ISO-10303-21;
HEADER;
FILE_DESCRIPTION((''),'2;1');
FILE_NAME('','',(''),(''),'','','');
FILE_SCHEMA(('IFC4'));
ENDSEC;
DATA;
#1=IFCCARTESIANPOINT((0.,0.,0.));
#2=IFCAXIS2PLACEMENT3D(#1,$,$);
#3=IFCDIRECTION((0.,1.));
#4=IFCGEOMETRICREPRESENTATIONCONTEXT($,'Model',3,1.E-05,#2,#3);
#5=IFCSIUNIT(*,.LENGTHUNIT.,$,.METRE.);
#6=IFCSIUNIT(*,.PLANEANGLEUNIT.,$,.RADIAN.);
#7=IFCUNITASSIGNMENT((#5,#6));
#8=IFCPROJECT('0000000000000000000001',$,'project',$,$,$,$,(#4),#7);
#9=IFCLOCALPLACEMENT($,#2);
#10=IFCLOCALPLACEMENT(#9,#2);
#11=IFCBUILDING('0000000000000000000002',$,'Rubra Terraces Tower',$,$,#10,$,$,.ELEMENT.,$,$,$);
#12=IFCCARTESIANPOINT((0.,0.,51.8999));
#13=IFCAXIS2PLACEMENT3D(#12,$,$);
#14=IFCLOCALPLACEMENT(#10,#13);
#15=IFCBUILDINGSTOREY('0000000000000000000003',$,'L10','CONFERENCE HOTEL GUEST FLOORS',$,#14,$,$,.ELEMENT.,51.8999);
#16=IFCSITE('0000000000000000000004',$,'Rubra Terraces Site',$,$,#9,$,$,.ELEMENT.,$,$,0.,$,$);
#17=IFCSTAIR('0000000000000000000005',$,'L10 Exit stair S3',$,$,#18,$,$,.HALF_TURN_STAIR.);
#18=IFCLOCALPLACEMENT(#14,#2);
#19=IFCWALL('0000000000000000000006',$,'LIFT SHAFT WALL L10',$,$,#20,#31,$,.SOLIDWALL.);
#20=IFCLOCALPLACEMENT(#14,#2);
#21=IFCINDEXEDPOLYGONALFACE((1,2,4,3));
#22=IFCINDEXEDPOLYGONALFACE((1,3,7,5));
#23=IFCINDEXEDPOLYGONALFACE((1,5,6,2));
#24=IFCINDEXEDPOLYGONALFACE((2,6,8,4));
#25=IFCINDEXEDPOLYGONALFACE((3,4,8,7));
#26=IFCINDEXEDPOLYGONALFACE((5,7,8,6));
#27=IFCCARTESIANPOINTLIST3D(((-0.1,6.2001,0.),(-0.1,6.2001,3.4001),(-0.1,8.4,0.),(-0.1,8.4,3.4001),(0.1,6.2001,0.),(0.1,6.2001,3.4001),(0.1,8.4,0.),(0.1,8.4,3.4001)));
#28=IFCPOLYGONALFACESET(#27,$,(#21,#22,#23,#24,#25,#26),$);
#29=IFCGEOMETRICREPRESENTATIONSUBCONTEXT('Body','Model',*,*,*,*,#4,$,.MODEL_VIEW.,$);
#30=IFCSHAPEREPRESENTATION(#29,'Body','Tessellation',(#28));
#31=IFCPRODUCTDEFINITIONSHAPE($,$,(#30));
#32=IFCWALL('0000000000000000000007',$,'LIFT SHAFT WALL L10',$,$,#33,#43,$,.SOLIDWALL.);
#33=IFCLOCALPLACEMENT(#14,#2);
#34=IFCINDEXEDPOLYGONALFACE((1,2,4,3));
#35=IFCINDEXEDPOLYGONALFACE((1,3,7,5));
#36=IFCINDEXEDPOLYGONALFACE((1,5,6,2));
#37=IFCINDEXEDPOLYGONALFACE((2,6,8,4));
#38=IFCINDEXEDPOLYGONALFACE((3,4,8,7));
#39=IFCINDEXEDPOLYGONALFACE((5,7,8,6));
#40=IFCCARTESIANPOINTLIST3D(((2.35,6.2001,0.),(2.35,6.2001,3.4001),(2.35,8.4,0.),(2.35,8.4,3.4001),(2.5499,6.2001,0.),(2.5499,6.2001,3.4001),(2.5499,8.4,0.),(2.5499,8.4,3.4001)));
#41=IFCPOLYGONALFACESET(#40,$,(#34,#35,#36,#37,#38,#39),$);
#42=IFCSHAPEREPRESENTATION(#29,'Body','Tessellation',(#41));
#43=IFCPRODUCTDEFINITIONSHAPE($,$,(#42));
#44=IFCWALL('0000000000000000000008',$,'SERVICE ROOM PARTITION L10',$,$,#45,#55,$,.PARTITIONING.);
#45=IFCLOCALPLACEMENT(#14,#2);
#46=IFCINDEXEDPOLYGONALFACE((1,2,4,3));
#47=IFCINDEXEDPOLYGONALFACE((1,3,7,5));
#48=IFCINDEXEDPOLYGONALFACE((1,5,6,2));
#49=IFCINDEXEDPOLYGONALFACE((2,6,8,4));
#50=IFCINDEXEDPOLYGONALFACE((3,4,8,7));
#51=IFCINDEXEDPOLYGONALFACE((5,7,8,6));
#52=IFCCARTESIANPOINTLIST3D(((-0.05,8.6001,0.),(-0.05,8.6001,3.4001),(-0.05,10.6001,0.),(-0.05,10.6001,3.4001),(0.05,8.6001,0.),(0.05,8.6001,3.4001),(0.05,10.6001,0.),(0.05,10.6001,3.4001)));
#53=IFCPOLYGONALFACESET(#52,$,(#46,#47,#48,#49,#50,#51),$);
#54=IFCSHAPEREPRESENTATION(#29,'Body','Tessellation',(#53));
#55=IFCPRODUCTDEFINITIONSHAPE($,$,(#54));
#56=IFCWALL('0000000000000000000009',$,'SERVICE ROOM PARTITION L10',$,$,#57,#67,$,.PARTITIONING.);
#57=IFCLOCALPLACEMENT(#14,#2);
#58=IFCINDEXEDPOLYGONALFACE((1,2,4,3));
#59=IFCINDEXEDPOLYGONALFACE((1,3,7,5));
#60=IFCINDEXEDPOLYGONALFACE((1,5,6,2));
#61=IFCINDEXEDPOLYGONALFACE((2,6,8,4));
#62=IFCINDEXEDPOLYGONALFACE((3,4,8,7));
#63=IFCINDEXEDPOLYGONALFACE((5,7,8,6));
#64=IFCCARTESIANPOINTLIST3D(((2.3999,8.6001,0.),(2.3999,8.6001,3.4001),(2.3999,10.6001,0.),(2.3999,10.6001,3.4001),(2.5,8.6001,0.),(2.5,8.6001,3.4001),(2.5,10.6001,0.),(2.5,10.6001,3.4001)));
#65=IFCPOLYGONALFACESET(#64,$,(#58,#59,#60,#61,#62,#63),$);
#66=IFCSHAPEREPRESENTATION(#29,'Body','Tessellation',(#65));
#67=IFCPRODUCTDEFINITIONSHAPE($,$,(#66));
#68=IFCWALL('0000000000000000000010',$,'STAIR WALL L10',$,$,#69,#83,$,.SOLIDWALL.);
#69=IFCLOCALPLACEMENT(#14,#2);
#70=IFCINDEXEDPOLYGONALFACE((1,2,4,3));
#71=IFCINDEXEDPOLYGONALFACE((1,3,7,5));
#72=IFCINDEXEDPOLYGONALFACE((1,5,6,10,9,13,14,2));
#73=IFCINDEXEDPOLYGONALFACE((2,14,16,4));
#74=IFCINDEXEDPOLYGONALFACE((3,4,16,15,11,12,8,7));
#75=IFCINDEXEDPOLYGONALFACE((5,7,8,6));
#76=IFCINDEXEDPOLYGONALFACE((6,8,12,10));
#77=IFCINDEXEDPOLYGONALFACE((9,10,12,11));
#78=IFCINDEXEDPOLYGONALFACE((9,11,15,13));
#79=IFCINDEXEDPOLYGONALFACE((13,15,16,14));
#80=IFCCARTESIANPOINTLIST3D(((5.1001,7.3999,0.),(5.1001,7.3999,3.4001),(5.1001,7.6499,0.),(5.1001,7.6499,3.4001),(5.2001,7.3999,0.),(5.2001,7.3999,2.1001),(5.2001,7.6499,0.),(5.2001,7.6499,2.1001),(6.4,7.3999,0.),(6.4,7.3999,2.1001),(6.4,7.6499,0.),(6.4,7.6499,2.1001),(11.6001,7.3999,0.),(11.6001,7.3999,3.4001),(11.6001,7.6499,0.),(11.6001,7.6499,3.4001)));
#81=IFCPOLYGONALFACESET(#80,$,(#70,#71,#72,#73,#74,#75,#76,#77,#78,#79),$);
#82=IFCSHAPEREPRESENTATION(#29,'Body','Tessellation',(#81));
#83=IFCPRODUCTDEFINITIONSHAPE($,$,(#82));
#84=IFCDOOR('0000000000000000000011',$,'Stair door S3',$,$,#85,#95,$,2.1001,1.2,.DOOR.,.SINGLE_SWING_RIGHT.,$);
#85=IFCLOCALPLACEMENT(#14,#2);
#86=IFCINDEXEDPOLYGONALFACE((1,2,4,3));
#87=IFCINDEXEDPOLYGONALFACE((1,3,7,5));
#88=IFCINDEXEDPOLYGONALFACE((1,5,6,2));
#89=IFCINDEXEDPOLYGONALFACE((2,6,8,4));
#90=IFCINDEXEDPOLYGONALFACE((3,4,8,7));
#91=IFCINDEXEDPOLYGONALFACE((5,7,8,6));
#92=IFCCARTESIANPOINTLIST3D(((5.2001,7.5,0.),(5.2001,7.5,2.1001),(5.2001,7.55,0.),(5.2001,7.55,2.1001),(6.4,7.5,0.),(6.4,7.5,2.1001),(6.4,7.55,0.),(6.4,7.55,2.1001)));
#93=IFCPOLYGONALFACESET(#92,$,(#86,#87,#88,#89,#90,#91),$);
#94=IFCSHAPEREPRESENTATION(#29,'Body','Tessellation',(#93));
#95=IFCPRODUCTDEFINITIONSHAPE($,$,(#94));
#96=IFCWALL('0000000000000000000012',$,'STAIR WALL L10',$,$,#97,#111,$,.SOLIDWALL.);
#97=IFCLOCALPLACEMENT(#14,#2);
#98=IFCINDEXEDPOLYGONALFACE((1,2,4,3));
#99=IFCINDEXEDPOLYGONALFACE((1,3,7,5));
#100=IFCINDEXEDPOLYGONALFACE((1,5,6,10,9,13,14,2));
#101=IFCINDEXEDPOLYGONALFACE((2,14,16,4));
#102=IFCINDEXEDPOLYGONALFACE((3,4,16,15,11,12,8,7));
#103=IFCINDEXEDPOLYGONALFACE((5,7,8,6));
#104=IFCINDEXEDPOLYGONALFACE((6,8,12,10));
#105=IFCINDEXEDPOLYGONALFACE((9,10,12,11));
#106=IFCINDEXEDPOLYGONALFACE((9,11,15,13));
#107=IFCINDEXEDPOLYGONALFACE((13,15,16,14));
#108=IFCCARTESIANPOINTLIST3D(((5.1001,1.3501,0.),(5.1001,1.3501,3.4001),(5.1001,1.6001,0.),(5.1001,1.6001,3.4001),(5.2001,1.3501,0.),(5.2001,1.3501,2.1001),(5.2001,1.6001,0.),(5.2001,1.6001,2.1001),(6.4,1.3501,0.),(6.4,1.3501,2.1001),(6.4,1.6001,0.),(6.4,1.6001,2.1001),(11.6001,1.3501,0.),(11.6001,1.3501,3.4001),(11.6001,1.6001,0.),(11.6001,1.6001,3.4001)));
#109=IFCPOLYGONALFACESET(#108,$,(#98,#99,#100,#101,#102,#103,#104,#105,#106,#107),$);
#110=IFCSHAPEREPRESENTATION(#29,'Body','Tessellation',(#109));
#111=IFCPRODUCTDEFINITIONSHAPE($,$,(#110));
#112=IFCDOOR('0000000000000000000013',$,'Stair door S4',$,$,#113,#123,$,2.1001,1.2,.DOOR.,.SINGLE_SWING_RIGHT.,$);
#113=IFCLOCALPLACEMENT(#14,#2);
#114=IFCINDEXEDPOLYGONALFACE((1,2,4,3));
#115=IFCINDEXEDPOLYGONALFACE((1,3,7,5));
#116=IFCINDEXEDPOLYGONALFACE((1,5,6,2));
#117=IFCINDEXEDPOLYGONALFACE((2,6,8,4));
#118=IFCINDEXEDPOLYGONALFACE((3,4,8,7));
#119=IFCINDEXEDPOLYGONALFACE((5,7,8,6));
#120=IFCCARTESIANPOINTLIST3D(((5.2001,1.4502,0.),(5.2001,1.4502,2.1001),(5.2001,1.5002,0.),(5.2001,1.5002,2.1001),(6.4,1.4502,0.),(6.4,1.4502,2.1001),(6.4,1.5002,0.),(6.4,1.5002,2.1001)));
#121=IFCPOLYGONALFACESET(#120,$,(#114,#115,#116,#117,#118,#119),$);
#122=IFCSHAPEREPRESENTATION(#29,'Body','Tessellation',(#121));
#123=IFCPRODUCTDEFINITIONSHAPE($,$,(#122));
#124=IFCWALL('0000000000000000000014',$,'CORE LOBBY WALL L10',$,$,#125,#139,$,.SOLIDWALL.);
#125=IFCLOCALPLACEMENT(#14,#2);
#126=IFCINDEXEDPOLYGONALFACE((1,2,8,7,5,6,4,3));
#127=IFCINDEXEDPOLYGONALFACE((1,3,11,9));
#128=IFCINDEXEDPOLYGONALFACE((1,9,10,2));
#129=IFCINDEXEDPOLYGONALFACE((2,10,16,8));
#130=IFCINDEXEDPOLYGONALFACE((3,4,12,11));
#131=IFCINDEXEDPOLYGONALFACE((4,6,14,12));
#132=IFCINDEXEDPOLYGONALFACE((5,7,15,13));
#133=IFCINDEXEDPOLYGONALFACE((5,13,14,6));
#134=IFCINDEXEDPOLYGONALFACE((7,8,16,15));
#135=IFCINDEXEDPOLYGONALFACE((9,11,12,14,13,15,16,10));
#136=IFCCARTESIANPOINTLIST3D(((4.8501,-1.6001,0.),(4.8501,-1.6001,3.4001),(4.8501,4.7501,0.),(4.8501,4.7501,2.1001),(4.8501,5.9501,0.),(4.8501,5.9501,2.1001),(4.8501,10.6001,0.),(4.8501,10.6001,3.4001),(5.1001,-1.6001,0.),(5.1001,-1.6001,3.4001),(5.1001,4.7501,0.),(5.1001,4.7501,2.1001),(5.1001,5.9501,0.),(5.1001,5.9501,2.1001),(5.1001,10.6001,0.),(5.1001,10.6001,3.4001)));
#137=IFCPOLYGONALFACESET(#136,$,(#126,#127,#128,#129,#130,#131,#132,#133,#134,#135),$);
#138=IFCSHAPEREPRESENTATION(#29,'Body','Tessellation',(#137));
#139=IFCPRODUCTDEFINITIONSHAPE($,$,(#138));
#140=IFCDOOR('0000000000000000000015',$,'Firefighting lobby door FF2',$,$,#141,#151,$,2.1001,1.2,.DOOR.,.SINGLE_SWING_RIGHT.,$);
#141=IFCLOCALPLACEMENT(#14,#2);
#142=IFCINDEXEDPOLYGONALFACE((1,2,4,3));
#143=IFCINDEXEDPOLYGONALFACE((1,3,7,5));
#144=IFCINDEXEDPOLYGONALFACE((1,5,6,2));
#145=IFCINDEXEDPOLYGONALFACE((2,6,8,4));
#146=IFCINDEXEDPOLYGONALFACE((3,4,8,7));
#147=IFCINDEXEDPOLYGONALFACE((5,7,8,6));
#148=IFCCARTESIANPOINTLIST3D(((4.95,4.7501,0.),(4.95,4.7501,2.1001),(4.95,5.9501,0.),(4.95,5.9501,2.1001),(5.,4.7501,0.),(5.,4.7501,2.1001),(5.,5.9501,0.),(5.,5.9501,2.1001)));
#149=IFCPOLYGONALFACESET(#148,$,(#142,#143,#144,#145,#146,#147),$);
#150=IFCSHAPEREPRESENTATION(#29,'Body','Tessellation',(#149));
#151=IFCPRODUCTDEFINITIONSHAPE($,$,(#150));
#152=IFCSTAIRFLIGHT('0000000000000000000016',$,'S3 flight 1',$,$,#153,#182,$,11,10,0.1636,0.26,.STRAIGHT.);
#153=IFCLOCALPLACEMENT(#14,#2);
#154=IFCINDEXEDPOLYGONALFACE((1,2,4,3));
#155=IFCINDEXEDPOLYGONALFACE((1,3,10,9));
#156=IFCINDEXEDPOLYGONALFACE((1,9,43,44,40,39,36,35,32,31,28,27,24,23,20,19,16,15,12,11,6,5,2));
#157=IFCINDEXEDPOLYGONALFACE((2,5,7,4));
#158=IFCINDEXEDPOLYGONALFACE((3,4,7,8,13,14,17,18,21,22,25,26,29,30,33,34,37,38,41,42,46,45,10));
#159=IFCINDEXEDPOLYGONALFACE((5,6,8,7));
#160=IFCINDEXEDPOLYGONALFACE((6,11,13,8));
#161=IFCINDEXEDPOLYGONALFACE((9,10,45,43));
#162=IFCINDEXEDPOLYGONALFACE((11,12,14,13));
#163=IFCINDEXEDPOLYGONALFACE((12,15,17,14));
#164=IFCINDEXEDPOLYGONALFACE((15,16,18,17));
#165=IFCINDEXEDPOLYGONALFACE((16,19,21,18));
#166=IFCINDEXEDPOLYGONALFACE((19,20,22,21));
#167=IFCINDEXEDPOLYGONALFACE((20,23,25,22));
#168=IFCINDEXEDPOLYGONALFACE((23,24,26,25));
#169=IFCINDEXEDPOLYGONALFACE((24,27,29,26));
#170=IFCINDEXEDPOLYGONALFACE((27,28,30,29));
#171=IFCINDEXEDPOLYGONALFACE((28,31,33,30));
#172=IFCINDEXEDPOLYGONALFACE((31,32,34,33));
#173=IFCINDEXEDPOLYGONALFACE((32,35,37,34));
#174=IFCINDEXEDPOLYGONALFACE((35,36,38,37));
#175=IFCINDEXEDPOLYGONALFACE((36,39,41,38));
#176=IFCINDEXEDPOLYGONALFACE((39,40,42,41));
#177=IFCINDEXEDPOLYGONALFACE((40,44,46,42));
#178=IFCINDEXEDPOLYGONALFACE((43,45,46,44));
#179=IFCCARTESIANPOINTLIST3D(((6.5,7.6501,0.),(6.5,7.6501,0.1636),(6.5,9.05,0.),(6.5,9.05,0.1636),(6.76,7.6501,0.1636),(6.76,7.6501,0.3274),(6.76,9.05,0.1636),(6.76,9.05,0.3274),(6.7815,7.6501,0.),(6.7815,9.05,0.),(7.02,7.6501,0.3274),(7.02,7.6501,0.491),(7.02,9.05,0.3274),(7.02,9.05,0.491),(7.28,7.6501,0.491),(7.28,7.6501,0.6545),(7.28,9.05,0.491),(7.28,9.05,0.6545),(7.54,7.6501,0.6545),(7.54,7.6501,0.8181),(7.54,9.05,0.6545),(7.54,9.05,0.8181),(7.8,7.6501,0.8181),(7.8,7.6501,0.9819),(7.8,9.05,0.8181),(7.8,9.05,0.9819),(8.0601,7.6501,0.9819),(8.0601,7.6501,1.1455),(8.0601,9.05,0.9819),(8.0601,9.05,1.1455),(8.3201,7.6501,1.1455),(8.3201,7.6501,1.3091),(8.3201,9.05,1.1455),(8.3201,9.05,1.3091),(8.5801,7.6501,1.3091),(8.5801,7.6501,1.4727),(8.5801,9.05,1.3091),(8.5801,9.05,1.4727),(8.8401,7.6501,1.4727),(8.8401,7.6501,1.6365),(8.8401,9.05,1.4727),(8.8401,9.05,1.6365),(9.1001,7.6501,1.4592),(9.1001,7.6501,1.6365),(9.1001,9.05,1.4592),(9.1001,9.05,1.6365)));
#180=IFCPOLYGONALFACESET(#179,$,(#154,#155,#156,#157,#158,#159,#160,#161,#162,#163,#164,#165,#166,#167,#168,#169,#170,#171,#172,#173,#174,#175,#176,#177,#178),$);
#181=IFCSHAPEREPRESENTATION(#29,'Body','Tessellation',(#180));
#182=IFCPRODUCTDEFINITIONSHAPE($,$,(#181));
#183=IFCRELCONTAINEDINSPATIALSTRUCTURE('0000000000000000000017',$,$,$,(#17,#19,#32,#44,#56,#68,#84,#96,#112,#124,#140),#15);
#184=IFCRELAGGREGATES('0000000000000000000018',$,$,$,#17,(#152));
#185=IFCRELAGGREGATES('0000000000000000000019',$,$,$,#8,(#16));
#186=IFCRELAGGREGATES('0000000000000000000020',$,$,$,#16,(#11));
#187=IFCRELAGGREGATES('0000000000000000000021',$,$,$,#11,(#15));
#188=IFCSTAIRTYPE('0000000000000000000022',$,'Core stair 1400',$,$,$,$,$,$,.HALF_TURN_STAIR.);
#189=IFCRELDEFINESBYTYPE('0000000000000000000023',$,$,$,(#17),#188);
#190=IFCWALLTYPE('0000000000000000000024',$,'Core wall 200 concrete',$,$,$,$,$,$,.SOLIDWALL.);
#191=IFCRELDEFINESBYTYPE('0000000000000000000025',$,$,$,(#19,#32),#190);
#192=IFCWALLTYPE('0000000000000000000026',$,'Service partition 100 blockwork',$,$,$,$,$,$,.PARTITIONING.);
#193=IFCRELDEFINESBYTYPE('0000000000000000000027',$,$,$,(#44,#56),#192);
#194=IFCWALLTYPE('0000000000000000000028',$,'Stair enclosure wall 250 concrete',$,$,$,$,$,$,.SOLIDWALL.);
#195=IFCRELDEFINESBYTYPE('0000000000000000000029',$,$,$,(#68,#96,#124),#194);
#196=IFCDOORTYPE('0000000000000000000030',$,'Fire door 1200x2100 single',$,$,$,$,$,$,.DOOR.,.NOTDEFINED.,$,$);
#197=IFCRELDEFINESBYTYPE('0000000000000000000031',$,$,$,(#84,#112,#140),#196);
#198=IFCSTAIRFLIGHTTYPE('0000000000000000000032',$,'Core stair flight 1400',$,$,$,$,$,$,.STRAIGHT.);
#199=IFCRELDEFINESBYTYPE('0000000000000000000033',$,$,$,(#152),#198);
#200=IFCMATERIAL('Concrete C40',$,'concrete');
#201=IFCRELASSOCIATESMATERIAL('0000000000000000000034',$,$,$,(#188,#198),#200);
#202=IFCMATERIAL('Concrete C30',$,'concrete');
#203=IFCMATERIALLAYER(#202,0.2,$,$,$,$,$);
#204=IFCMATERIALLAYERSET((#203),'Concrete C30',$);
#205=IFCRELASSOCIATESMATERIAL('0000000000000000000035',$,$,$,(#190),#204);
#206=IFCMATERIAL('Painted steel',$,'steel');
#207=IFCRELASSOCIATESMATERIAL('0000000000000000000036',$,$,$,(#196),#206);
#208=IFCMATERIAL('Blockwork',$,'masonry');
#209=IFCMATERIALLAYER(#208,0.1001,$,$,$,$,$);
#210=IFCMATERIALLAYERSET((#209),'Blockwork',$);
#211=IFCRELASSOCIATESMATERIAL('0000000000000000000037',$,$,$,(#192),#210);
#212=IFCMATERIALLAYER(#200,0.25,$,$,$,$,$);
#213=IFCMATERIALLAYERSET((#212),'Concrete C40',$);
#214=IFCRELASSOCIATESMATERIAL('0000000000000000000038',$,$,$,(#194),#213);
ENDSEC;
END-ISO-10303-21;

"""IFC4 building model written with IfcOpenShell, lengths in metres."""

from ifc_helpers import new_model, si_unit, direction, frame, frame_2d, origin, place, context, subcontext, project, spatial, polyline, rectangle, outline, extrude, material, layer, layer_set, type_object, element, fill, aggregate, save


model = new_model("IFC4")

# Units and contexts
model_context = context("Model", 3, precision=1e-05, world=origin(), true_north=direction((0.0, 1.0)))
body_context = subcontext(model_context, "Body", "Model", "MODEL_VIEW")
ifc_project = project(units=[si_unit("LENGTHUNIT", "METRE"), si_unit("PLANEANGLEUNIT", "RADIAN")], contexts=[model_context])

# Site, building, storey
site_placement = place(None, origin())
site = spatial("IfcSite", under=ifc_project, at=site_placement, Name="Rubra Terraces Site", CompositionType="ELEMENT", RefElevation=0.0)
building_placement = place(site_placement, origin())
building = spatial("IfcBuilding", under=site, at=building_placement, Name="Rubra Terraces Tower", CompositionType="ELEMENT")
storey_placement = place(building_placement, frame((0.0, 0.0, 51.8999)))
storey = spatial("IfcBuildingStorey", under=building, at=storey_placement, Name="L10", Description="CONFERENCE HOTEL GUEST FLOORS", CompositionType="ELEMENT", Elevation=51.8999)

# Stair
ifc_material_1 = material(Name="Concrete C40", Category="concrete")
stair_type = type_object("IfcStairType", Name="Core stair 1400", PredefinedType="HALF_TURN_STAIR", material=ifc_material_1)
stair_1_placement = place(storey_placement, origin())
stair_1 = element("IfcStair", 1, at=stair_1_placement, inside=storey, type_object=stair_type, Name="L10 Exit stair S3", PredefinedType="HALF_TURN_STAIR")

# Shared definitions
ifc_material_2 = material(Name="Concrete C30", Category="concrete")
ifc_layer_1 = layer(ifc_material_2, 0.2)
ifc_layer_set_1 = layer_set([ifc_layer_1], Name="Concrete C30")
wall_type_1 = type_object("IfcWallType", Name="Core wall 200 concrete", PredefinedType="SOLIDWALL", material=ifc_layer_set_1)
ifc_material_3 = material(Name="Painted steel", Category="steel")
door_type_1 = type_object("IfcDoorType", Name="Fire door 1200x2100 single", OperationType="NOTDEFINED", PredefinedType="DOOR", material=ifc_material_3)

# Walls
for number, where, z_axis, x_axis, name in (
    (2, (0.0, 6.2, 0.0), (0.0, 0.0, 1.0), (0.0, 1.0, 0.0), "LIFT SHAFT WALL L10"),
    (3, (2.45, 6.2, 0.0), (0.0, 0.0, 1.0), (0.0, 1.0, 0.0), "LIFT SHAFT WALL L10"),
):
    element("IfcWall", number, at=place(storey_placement, frame(where, z_axis=z_axis, x_axis=x_axis)), inside=storey, type_object=wall_type_1, Name=name, PredefinedType="SOLIDWALL", context=body_context, shape_type="SweptSolid", body=[
        extrude(rectangle(XDim=2.2, YDim=0.2, at=frame_2d((1.1001, 0.0))), origin(), (0.0, 0.0, 1.0), 3.4001),
    ])
ifc_material_4 = material(Name="Blockwork", Category="masonry")
ifc_layer_2 = layer(ifc_material_4, 0.1001)
ifc_layer_set_2 = layer_set([ifc_layer_2], Name="Blockwork")
wall_type_2 = type_object("IfcWallType", Name="Service partition 100 blockwork", PredefinedType="PARTITIONING", material=ifc_layer_set_2)
for number, where, z_axis, x_axis, name in (
    (4, (0.0, 8.6001, 0.0), (0.0, 0.0, 1.0), (0.0, 1.0, 0.0), "SERVICE ROOM PARTITION L10"),
    (5, (2.45, 8.6001, 0.0), (0.0, 0.0, 1.0), (0.0, 1.0, 0.0), "SERVICE ROOM PARTITION L10"),
):
    element("IfcWall", number, at=place(storey_placement, frame(where, z_axis=z_axis, x_axis=x_axis)), inside=storey, type_object=wall_type_2, Name=name, PredefinedType="PARTITIONING", context=body_context, shape_type="SweptSolid", body=[
        extrude(rectangle(XDim=2.0, YDim=0.1001, at=frame_2d((1.0, 0.0))), origin(), (0.0, 0.0, 1.0), 3.4001),
    ])

# Walls, openings, doors
ifc_layer_3 = layer(ifc_material_1, 0.25)
ifc_layer_set_3 = layer_set([ifc_layer_3], Name="Concrete C40")
wall_type_3 = type_object("IfcWallType", Name="Stair enclosure wall 250 concrete", PredefinedType="SOLIDWALL", material=ifc_layer_set_3)
wall_1_placement = place(storey_placement, frame((11.6001, 7.5249, 0.0), z_axis=(0.0, 0.0, 1.0), x_axis=(-1.0, 0.0, 0.0)))
wall_1 = element("IfcWall", 6, at=wall_1_placement, inside=storey, type_object=wall_type_3, Name="STAIR WALL L10", PredefinedType="SOLIDWALL", context=body_context, shape_type="SweptSolid", body=[
    extrude(rectangle(XDim=6.5, YDim=0.25, at=frame_2d((3.25, 0.0))), origin(), (0.0, 0.0, 1.0), 3.4001),
])
opening_1_placement = place(wall_1_placement, frame((5.2, 0.0, 0.0)))
opening_1 = element("IfcOpeningElement", 7, at=opening_1_placement, cuts=wall_1, PredefinedType="OPENING", context=body_context, shape_type="SweptSolid", body=[
    extrude(rectangle(XDim=1.2, YDim=2.1001, at=frame_2d((0.6001, 1.05))), frame((0.0, 0.135, 0.0), z_axis=(0.0, -1.0, 0.0), x_axis=(1.0, 0.0, 0.0)), (0.0, 0.0, 1.0), 0.27),
])
door_1_placement = place(opening_1_placement, origin())
door_1 = element("IfcDoor", 8, at=door_1_placement, inside=storey, type_object=door_type_1, Name="Stair door S3", OperationType="SINGLE_SWING_RIGHT", OverallHeight=2.1001, OverallWidth=1.2, PredefinedType="DOOR", context=body_context, shape_type="SweptSolid", body=[
    extrude(rectangle(XDim=1.2, YDim=2.1001, at=frame_2d((0.6001, 1.05))), frame((0.0, 0.0249, 0.0), z_axis=(0.0, -1.0, 0.0), x_axis=(1.0, 0.0, 0.0)), (0.0, 0.0, 1.0), 0.05),
])
fill(opening_1, door_1)
wall_2_placement = place(storey_placement, frame((11.6001, 1.4751, 0.0), z_axis=(0.0, 0.0, 1.0), x_axis=(-1.0, 0.0, 0.0)))
wall_2 = element("IfcWall", 9, at=wall_2_placement, inside=storey, type_object=wall_type_3, Name="STAIR WALL L10", PredefinedType="SOLIDWALL", context=body_context, shape_type="SweptSolid", body=[
    extrude(rectangle(XDim=6.5, YDim=0.25, at=frame_2d((3.25, 0.0))), origin(), (0.0, 0.0, 1.0), 3.4001),
])
opening_2_placement = place(wall_2_placement, frame((5.2, 0.0, 0.0)))
opening_2 = element("IfcOpeningElement", 10, at=opening_2_placement, cuts=wall_2, PredefinedType="OPENING", context=body_context, shape_type="SweptSolid", body=[
    extrude(rectangle(XDim=1.2, YDim=2.1001, at=frame_2d((0.6001, 1.05))), frame((0.0, 0.135, 0.0), z_axis=(0.0, -1.0, 0.0), x_axis=(1.0, 0.0, 0.0)), (0.0, 0.0, 1.0), 0.27),
])
door_2_placement = place(opening_2_placement, origin())
door_2 = element("IfcDoor", 11, at=door_2_placement, inside=storey, type_object=door_type_1, Name="Stair door S4", OperationType="SINGLE_SWING_RIGHT", OverallHeight=2.1001, OverallWidth=1.2, PredefinedType="DOOR", context=body_context, shape_type="SweptSolid", body=[
    extrude(rectangle(XDim=1.2, YDim=2.1001, at=frame_2d((0.6001, 1.05))), frame((0.0, 0.0249, 0.0), z_axis=(0.0, -1.0, 0.0), x_axis=(1.0, 0.0, 0.0)), (0.0, 0.0, 1.0), 0.05),
])
fill(opening_2, door_2)
wall_3_placement = place(storey_placement, frame((4.9751, 10.6001, 0.0), z_axis=(0.0, 0.0, 1.0), x_axis=(0.0, -1.0, 0.0)))
wall_3 = element("IfcWall", 12, at=wall_3_placement, inside=storey, type_object=wall_type_3, Name="CORE LOBBY WALL L10", PredefinedType="SOLIDWALL", context=body_context, shape_type="SweptSolid", body=[
    extrude(rectangle(XDim=12.2002, YDim=0.25, at=frame_2d((6.1001, 0.0))), origin(), (0.0, 0.0, 1.0), 3.4001),
])
opening_3_placement = place(wall_3_placement, frame((4.6499, 0.0, 0.0)))
opening_3 = element("IfcOpeningElement", 13, at=opening_3_placement, cuts=wall_3, PredefinedType="OPENING", context=body_context, shape_type="SweptSolid", body=[
    extrude(rectangle(XDim=1.2, YDim=2.1001, at=frame_2d((0.6001, 1.05))), frame((0.0, 0.135, 0.0), z_axis=(0.0, -1.0, 0.0), x_axis=(1.0, 0.0, 0.0)), (0.0, 0.0, 1.0), 0.27),
])
door_3_placement = place(opening_3_placement, origin())
door_3 = element("IfcDoor", 14, at=door_3_placement, inside=storey, type_object=door_type_1, Name="Firefighting lobby door FF2", OperationType="SINGLE_SWING_RIGHT", OverallHeight=2.1001, OverallWidth=1.2, PredefinedType="DOOR", context=body_context, shape_type="SweptSolid", body=[
    extrude(rectangle(XDim=1.2, YDim=2.1001, at=frame_2d((0.6001, 1.05))), frame((0.0, 0.0249, 0.0), z_axis=(0.0, -1.0, 0.0), x_axis=(1.0, 0.0, 0.0)), (0.0, 0.0, 1.0), 0.05),
])
fill(opening_3, door_3)

# Stair flight
stair_flight_type = type_object("IfcStairFlightType", Name="Core stair flight 1400", PredefinedType="STRAIGHT", material=ifc_material_1)
stair_flight_1_placement = place(storey_placement, frame((6.5, 8.3501, 0.0), z_axis=(0.0, 0.0, 1.0), x_axis=(1.0, 0.0, 0.0)))
stair_flight_1 = element("IfcStairFlight", 15, at=stair_flight_1_placement, type_object=stair_flight_type, Name="S3 flight 1", NumberOfRisers=11, NumberOfTreads=10, PredefinedType="STRAIGHT", RiserHeight=0.1636, TreadLength=0.26, context=body_context, shape_type="SweptSolid", body=[
    extrude(outline(polyline([(0.0, 0.0), (0.0, 0.1636), (0.26, 0.1636), (0.26, 0.3274), (0.52, 0.3274), (0.52, 0.491), (0.78, 0.491), (0.78, 0.6545), (1.04, 0.6545), (1.04, 0.8181), (1.3, 0.8181), (1.3, 0.9819), (1.5601, 0.9819), (1.5601, 1.1455), (1.8201, 1.1455), (1.8201, 1.3091), (2.0801, 1.3091), (2.0801, 1.4727), (2.3401, 1.4727), (2.3401, 1.6365), (2.6001, 1.6365), (2.6001, 1.8), (2.6001, 1.4592), (0.2815, 0.0), (0.0, 0.0)])), frame((0.0, 0.7, 0.0), z_axis=(0.0, -1.0, 0.0), x_axis=(1.0, 0.0, 0.0)), (0.0, 0.0, 1.0), 1.3999),
])
aggregate(stair_1, [stair_flight_1])

save(model, "model.ifc")
